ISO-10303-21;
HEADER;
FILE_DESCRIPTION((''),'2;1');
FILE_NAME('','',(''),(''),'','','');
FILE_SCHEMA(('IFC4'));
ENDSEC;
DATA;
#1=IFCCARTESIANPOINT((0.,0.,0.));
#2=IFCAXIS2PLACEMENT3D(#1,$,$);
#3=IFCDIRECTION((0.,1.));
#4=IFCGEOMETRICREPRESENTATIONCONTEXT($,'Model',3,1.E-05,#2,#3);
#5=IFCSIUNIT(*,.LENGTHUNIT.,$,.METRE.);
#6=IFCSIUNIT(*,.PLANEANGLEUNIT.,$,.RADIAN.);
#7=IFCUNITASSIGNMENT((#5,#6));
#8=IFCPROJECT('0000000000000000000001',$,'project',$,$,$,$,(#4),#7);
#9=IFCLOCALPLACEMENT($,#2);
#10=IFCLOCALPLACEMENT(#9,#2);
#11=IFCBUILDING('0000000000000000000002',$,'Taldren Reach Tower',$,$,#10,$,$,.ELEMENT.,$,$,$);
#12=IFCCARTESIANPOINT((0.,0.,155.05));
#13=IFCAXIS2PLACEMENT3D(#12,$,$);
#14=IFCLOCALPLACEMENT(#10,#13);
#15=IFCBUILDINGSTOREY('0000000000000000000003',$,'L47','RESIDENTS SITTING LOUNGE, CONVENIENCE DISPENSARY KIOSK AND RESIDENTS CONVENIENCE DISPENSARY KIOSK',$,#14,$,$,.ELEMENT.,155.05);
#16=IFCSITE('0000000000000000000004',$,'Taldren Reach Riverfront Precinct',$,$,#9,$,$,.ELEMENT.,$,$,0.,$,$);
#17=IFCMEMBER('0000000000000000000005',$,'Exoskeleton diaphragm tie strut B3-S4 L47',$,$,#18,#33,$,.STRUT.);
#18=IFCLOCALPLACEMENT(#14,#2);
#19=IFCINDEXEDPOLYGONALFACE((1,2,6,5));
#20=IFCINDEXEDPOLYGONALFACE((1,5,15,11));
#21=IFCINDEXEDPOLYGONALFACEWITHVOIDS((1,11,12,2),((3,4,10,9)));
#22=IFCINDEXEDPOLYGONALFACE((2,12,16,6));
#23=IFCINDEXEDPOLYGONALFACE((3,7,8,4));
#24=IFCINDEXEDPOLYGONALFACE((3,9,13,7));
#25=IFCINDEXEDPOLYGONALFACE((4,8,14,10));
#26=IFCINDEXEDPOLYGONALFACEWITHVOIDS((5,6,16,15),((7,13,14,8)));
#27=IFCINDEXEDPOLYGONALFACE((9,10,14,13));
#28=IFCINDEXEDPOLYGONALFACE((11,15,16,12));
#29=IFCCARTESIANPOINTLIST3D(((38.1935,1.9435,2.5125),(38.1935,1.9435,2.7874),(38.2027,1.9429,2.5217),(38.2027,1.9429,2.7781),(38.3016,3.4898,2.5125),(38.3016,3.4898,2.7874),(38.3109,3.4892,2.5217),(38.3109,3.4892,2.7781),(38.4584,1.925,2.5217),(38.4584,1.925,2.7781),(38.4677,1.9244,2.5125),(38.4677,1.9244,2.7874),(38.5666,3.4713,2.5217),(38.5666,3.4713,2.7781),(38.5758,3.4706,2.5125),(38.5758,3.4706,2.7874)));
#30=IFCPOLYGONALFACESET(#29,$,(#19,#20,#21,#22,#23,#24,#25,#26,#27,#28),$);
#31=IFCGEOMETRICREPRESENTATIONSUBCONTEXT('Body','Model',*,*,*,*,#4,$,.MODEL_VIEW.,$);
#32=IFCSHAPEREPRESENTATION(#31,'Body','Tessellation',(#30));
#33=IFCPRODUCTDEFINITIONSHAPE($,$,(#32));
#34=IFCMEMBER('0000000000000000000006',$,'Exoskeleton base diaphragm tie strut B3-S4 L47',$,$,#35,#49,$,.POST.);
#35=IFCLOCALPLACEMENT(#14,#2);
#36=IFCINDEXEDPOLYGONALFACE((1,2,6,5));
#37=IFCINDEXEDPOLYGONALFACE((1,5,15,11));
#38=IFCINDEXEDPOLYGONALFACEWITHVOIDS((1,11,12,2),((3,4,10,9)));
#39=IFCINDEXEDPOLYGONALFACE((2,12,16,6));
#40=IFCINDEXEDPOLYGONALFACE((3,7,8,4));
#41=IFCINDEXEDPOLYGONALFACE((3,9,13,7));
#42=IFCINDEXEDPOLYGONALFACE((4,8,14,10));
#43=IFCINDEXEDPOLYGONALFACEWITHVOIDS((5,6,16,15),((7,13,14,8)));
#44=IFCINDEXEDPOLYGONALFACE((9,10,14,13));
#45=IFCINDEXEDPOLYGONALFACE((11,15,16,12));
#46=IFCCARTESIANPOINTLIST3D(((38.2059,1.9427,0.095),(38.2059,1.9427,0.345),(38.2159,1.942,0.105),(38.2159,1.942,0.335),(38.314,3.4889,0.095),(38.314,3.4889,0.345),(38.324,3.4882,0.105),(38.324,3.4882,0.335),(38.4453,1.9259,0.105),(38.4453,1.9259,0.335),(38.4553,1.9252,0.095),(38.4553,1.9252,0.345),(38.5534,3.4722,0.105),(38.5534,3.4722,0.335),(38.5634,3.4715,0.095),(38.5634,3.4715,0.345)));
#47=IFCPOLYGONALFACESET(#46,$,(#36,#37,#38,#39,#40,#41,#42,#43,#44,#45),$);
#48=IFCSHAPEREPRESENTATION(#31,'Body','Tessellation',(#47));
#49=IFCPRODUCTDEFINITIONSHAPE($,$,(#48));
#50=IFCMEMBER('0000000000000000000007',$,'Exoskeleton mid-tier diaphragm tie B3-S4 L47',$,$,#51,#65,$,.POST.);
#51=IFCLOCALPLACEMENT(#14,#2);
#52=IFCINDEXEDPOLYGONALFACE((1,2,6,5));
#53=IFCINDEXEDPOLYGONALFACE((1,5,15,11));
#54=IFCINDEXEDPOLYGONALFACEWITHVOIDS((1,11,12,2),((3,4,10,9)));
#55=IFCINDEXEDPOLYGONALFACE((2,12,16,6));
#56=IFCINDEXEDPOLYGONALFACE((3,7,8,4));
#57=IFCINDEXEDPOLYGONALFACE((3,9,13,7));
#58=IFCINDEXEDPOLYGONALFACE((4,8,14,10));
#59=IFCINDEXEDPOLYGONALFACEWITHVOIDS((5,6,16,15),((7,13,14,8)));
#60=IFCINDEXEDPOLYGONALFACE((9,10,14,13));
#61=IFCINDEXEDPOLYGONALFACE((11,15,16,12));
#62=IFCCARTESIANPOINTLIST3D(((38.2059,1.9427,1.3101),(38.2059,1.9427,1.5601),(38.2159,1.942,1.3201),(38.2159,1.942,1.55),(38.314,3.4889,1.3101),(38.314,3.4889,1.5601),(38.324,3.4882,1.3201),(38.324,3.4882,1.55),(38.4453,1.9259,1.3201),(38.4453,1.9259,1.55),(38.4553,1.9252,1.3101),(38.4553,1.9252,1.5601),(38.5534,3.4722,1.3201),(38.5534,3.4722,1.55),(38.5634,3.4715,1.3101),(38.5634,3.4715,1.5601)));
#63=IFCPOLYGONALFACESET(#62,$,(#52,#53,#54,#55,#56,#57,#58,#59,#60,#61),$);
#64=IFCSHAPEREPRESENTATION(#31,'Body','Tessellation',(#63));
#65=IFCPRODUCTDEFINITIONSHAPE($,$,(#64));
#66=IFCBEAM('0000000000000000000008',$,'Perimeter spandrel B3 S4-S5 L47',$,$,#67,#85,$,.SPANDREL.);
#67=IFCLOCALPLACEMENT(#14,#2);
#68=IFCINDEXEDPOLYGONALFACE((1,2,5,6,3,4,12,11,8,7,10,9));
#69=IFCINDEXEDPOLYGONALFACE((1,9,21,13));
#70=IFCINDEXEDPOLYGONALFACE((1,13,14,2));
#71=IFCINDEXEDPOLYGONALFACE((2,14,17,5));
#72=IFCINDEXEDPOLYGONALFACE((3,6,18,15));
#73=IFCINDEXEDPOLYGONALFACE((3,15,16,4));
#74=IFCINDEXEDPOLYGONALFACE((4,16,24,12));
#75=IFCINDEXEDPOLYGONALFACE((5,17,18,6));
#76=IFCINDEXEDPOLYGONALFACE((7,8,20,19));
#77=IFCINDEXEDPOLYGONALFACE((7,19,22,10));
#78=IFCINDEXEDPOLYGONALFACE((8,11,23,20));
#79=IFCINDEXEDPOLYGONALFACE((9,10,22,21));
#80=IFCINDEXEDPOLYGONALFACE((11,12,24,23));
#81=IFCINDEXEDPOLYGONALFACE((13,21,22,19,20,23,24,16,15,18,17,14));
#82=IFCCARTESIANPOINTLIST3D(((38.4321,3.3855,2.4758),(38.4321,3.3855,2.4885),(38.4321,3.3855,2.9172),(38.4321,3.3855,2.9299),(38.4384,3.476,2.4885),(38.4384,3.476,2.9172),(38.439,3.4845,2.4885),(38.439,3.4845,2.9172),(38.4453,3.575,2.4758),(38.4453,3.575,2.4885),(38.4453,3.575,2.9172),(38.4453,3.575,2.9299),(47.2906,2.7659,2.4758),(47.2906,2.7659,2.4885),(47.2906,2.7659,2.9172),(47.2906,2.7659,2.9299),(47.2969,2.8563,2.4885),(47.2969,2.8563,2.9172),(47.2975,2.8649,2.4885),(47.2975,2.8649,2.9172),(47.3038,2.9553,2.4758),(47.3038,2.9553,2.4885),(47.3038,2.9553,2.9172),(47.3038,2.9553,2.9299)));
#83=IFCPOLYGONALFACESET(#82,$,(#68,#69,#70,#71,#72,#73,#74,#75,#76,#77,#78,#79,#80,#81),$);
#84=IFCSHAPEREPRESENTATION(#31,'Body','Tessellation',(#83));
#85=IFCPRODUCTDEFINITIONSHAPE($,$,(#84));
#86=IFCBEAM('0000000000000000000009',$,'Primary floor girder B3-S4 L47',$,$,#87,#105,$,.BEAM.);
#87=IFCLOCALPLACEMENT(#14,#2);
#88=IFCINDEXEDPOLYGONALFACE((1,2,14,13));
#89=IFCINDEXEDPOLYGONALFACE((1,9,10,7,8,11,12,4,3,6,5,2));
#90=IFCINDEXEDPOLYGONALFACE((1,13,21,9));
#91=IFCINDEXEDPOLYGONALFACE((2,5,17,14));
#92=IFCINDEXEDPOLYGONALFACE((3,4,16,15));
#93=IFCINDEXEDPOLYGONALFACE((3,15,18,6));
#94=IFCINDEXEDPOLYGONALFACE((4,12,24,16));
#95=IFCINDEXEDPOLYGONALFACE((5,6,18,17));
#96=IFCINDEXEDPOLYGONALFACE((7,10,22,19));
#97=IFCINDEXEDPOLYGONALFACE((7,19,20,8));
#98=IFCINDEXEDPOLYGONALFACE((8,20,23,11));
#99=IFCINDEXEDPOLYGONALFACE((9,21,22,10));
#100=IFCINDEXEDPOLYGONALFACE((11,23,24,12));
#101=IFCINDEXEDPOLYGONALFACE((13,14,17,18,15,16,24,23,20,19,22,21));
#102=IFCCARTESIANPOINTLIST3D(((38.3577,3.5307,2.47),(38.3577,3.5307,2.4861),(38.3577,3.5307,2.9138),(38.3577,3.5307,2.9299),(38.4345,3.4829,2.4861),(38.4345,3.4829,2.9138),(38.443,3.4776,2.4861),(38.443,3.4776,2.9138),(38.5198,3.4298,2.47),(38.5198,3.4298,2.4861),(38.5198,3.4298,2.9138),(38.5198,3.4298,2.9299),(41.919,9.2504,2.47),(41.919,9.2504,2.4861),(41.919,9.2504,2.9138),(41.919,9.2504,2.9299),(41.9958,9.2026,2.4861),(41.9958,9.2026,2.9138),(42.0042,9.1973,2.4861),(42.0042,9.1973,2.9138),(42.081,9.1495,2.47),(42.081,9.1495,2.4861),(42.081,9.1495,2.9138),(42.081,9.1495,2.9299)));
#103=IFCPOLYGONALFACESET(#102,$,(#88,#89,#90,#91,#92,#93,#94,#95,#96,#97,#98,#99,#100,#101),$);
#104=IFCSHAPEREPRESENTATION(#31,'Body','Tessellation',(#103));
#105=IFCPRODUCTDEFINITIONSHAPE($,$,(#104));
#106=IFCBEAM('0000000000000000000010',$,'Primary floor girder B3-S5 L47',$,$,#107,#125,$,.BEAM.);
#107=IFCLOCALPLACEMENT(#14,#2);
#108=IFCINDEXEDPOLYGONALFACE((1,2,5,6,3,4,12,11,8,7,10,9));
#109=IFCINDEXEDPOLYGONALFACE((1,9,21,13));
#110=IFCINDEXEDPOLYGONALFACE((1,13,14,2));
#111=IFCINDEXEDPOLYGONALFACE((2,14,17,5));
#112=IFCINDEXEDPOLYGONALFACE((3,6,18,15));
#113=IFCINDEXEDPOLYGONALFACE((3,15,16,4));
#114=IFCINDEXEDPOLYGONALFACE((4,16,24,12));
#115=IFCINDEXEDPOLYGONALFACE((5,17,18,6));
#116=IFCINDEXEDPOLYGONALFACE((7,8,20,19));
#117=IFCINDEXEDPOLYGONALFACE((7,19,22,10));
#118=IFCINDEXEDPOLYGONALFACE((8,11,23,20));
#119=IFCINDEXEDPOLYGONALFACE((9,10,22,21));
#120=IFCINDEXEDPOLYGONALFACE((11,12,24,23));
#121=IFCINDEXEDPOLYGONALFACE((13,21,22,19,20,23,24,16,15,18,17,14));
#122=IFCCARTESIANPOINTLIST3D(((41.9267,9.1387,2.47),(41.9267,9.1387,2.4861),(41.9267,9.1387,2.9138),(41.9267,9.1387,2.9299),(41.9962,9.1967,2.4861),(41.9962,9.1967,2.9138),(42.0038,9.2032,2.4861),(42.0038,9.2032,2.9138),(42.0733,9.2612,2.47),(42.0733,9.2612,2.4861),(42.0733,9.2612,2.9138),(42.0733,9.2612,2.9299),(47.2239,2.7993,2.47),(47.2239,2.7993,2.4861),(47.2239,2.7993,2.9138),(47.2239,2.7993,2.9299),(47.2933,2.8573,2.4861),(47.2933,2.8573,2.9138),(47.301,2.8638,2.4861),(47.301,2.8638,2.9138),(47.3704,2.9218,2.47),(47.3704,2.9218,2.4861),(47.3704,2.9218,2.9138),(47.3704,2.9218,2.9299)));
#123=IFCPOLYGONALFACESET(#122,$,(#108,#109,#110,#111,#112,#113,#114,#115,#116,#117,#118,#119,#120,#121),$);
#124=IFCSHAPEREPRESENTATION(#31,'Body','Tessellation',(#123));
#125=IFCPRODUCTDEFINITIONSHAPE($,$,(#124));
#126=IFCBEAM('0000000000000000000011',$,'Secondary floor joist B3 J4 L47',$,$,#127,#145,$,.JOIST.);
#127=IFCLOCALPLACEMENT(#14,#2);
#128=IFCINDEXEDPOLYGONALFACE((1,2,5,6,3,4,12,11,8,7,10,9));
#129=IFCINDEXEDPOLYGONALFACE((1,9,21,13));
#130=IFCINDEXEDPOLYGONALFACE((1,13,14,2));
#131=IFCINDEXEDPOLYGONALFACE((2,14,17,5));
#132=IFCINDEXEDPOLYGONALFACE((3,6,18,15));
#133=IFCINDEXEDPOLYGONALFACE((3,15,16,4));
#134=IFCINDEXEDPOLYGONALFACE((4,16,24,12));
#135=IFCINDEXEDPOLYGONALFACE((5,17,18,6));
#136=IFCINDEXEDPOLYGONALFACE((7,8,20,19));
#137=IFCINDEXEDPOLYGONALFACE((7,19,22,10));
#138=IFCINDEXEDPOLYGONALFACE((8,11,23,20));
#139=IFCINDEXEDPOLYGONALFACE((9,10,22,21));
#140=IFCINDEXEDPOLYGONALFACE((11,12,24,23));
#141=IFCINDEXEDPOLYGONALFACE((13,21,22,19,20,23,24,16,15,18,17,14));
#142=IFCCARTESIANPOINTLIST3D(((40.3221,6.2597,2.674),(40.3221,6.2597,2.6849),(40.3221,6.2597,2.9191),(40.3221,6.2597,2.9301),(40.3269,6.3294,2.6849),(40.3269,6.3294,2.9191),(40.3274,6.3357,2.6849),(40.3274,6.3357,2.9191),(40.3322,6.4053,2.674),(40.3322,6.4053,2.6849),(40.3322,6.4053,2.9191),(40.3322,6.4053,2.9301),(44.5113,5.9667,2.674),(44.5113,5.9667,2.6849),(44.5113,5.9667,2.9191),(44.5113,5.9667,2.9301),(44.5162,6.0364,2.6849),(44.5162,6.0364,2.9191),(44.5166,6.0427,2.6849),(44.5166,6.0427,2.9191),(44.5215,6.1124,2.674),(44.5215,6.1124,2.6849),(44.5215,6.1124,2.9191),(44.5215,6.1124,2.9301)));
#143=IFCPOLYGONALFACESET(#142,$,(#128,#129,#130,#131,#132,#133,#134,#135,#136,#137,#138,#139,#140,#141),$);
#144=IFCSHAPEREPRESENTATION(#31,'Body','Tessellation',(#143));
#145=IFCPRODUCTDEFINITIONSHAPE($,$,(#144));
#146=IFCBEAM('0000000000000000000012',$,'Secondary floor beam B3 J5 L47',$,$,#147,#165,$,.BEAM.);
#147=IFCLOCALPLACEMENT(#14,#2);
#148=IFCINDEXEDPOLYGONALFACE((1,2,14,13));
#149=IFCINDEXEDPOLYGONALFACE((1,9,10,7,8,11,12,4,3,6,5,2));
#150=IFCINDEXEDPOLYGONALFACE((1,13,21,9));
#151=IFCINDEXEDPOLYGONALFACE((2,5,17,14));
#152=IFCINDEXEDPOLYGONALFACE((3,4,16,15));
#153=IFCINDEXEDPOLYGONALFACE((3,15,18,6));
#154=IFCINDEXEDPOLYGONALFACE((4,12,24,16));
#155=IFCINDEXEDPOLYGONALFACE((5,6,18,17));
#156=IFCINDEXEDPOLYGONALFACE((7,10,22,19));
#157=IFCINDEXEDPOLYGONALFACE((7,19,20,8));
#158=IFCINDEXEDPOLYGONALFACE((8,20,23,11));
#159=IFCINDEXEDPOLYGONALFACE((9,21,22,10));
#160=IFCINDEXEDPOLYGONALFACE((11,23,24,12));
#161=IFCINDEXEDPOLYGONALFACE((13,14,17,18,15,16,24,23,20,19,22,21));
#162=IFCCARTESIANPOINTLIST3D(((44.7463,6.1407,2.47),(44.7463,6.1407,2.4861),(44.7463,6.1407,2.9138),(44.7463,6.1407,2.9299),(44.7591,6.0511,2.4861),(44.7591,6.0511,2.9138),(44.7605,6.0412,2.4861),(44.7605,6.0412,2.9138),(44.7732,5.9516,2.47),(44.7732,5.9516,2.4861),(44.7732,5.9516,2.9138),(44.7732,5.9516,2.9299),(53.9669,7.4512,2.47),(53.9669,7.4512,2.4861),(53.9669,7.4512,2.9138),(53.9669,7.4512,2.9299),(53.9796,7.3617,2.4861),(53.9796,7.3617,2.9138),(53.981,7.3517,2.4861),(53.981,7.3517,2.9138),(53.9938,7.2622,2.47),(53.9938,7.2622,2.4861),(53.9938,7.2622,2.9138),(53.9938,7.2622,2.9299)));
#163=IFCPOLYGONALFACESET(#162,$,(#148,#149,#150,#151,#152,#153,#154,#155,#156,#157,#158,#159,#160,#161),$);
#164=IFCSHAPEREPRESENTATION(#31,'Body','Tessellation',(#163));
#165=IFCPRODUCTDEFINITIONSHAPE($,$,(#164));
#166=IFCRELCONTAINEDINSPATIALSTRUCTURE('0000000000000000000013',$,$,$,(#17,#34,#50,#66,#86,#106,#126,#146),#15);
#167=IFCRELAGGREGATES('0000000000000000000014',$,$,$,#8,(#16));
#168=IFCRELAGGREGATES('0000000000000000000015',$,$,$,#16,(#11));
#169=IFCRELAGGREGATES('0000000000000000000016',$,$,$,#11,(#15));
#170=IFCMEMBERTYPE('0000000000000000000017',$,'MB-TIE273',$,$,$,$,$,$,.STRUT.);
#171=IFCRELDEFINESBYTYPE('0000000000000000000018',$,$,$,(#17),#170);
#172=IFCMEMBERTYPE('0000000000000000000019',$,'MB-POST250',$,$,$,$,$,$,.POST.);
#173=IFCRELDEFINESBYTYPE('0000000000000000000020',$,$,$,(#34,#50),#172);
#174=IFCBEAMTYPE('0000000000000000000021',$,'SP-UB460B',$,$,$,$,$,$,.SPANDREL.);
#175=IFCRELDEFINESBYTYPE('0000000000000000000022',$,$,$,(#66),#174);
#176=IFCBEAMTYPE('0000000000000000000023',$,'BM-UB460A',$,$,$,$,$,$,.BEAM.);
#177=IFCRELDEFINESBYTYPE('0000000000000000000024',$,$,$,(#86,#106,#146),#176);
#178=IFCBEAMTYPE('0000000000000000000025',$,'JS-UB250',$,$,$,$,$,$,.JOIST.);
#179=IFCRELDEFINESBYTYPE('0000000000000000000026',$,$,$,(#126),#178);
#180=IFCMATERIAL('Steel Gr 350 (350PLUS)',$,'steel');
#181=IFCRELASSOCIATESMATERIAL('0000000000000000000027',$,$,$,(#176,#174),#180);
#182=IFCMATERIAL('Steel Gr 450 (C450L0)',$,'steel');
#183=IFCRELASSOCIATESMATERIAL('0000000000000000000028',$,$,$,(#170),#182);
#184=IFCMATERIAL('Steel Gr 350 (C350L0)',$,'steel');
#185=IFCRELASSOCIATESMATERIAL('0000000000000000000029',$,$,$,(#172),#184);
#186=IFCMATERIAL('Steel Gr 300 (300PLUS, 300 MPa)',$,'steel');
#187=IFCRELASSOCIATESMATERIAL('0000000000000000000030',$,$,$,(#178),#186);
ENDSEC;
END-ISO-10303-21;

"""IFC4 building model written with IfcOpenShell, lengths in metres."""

from ifc_helpers import new_model, si_unit, direction, frame, origin, origin_2d, place, context, subcontext, project, spatial, hollow_rectangle, i_section, extrude, source, transform, mapped, material, material_profile, profile_set, type_object, element, save


model = new_model("IFC4")

# Units and contexts
model_context = context("Model", 3, precision=1e-05, world=origin(), true_north=direction((0.0, 1.0)))
body_context = subcontext(model_context, "Body", "Model", "MODEL_VIEW")
ifc_project = project(units=[si_unit("LENGTHUNIT", "METRE"), si_unit("PLANEANGLEUNIT", "RADIAN")], contexts=[model_context])

# Site, building, storey
site_placement = place(None, origin())
site = spatial("IfcSite", under=ifc_project, at=site_placement, Name="Taldren Reach Riverfront Precinct", CompositionType="ELEMENT", RefElevation=0.0)
building_placement = place(site_placement, origin())
building = spatial("IfcBuilding", under=site, at=building_placement, Name="Taldren Reach Tower", CompositionType="ELEMENT")
storey_placement = place(building_placement, frame((0.0, 0.0, 155.05)))
storey = spatial("IfcBuildingStorey", under=building, at=storey_placement, Name="L47", Description="RESIDENTS SITTING LOUNGE, CONVENIENCE DISPENSARY KIOSK AND RESIDENTS CONVENIENCE DISPENSARY KIOSK", CompositionType="ELEMENT", Elevation=155.05)

# Shared definitions
ifc_material_1 = material(Name="Steel Gr 350 (350PLUS)", Category="steel")
ifc_material_2 = material(Name="Steel Gr 450 (C450L0)", Category="steel")

# Shared definitions
ifc_material_profile_1 = material_profile(ifc_material_1, i_section(OverallWidth=0.1909, OverallDepth=0.46, WebThickness=0.01, FlangeThickness=0.0161, at=origin_2d()), Name="460UB82.1")
ifc_profile_set_1 = profile_set([ifc_material_profile_1], Name="Steel Gr 350 (350PLUS)")
beam_type_1 = type_object("IfcBeamType", Name="BM-UB460A", PredefinedType="BEAM", material=ifc_profile_set_1)

# Members
ifc_material_profile_2 = material_profile(ifc_material_2, hollow_rectangle(XDim=0.2749, YDim=0.2749, WallThickness=0.0093, at=origin_2d()), Name="275x275x9.3SHS")
ifc_profile_set_2 = profile_set([ifc_material_profile_2], Name="Steel Gr 450 (C450L0)")
member_type_1 = type_object("IfcMemberType", Name="MB-TIE273", PredefinedType="STRUT", material=ifc_profile_set_2)
shared_shape_1 = source(origin(), body_context, "Body", "SweptSolid", [
    extrude(hollow_rectangle(XDim=0.2749, YDim=0.2749, WallThickness=0.0093, at=origin_2d()), origin(), (0.0, 0.0, 1.0), 1.55),
])
member_placement = place(storey_placement, frame((38.4387, 3.4802, 2.6499), z_axis=(-0.06977, -0.997563, 0.0), x_axis=(0.997563, -0.06977, 0.0)))
element("IfcMember", 1, at=member_placement, inside=storey, type_object=member_type_1, Name="Exoskeleton diaphragm tie strut B3-S4 L47", PredefinedType="STRUT", context=body_context, shape_type="MappedRepresentation", body=[
    mapped(shared_shape_1, transform((0.0, 0.0, 0.0), scale=1.0)),
])
ifc_material_3 = material(Name="Steel Gr 350 (C350L0)", Category="steel")
ifc_material_profile_3 = material_profile(ifc_material_3, hollow_rectangle(XDim=0.25, YDim=0.25, WallThickness=0.01, at=origin_2d()), Name="250x250x10.0SHS")
ifc_profile_set_3 = profile_set([ifc_material_profile_3], Name="Steel Gr 350 (C350L0)")
member_type_2 = type_object("IfcMemberType", Name="MB-POST250", PredefinedType="POST", material=ifc_profile_set_3)
shared_shape_2 = source(origin(), body_context, "Body", "SweptSolid", [
    extrude(hollow_rectangle(XDim=0.25, YDim=0.25, WallThickness=0.01, at=origin_2d()), origin(), (0.0, 0.0, 1.0), 1.55),
])
for number, where, z_axis, x_axis, name in (
    (2, (38.4387, 3.4802, 0.22), (-0.06977, -0.997563, 0.0), (0.997563, -0.06977, 0.0), "Exoskeleton base diaphragm tie strut B3-S4 L47"),
    (3, (38.4387, 3.4802, 1.4351), (-0.06977, -0.997563, 0.0), (0.997563, -0.06977, 0.0), "Exoskeleton mid-tier diaphragm tie B3-S4 L47"),
):
    element("IfcMember", number, at=place(storey_placement, frame(where, z_axis=z_axis, x_axis=x_axis)), inside=storey, type_object=member_type_2, Name=name, PredefinedType="POST", context=body_context, shape_type="MappedRepresentation", body=[
        mapped(shared_shape_2, transform((0.0, 0.0, 0.0), scale=1.0)),
    ])

# Beams
ifc_material_profile_4 = material_profile(ifc_material_1, i_section(OverallWidth=0.1899, OverallDepth=0.4541, WebThickness=0.0085, FlangeThickness=0.0127, at=origin_2d()), Name="460UB67.1")
ifc_profile_set_4 = profile_set([ifc_material_profile_4], Name="Steel Gr 350 (350PLUS)")
beam_type_2 = type_object("IfcBeamType", Name="SP-UB460B", PredefinedType="SPANDREL", material=ifc_profile_set_4)
shared_shape_3 = source(origin(), body_context, "Body", "SweptSolid", [
    extrude(i_section(OverallWidth=0.1899, OverallDepth=0.4541, WebThickness=0.0085, FlangeThickness=0.0127, at=origin_2d()), origin(), (0.0, 0.0, 1.0), 8.8801),
])
beam_1_placement = place(storey_placement, frame((38.4387, 3.4802, 2.7029), z_axis=(0.997563, -0.069778, 0.0), x_axis=(0.069778, 0.997563, 0.0)))
element("IfcBeam", 4, at=beam_1_placement, inside=storey, type_object=beam_type_2, Name="Perimeter spandrel B3 S4-S5 L47", PredefinedType="SPANDREL", context=body_context, shape_type="MappedRepresentation", body=[
    mapped(shared_shape_3, transform((0.0, 0.0, 0.0), scale=1.0)),
])
shared_shape_4 = source(origin(), body_context, "Body", "SweptSolid", [
    extrude(i_section(OverallWidth=0.1909, OverallDepth=0.46, WebThickness=0.01, FlangeThickness=0.0161, at=origin_2d()), origin(), (0.0, 0.0, 1.0), 6.7378),
])
beam_2_placement = place(storey_placement, frame((42.0, 9.2, 2.7), z_axis=(-0.528552, -0.848901, 0.0), x_axis=(0.848901, -0.528552, 0.0)))
element("IfcBeam", 5, at=beam_2_placement, inside=storey, type_object=beam_type_1, Name="Primary floor girder B3-S4 L47", PredefinedType="BEAM", context=body_context, shape_type="MappedRepresentation", body=[
    mapped(shared_shape_4, transform((0.0, 0.0, 0.0), scale=1.0)),
])
shared_shape_5 = source(origin(), body_context, "Body", "SweptSolid", [
    extrude(i_section(OverallWidth=0.1909, OverallDepth=0.46, WebThickness=0.01, FlangeThickness=0.0161, at=origin_2d()), origin(), (0.0, 0.0, 1.0), 8.2612),
])
beam_3_placement = place(storey_placement, frame((42.0, 9.2, 2.7), z_axis=(0.641207, -0.767368, 0.0), x_axis=(0.767368, 0.641207, 0.0)))
element("IfcBeam", 6, at=beam_3_placement, inside=storey, type_object=beam_type_1, Name="Primary floor girder B3-S5 L47", PredefinedType="BEAM", context=body_context, shape_type="MappedRepresentation", body=[
    mapped(shared_shape_5, transform((0.0, 0.0, 0.0), scale=1.0)),
])
ifc_material_4 = material(Name="Steel Gr 300 (300PLUS, 300 MPa)", Category="steel")
ifc_material_profile_5 = material_profile(ifc_material_4, i_section(OverallWidth=0.146, OverallDepth=0.2561, WebThickness=0.0063, FlangeThickness=0.011, at=origin_2d()), Name="250UB37.3")
ifc_profile_set_5 = profile_set([ifc_material_profile_5], Name="Steel Gr 300 (300PLUS, 300 MPa)")
beam_type_3 = type_object("IfcBeamType", Name="JS-UB250", PredefinedType="JOIST", material=ifc_profile_set_5)
shared_shape_6 = source(origin(), body_context, "Body", "SweptSolid", [
    extrude(i_section(OverallWidth=0.146, OverallDepth=0.2561, WebThickness=0.0063, FlangeThickness=0.011, at=origin_2d()), origin(), (0.0, 0.0, 1.0), 4.1995),
])
beam_4_placement = place(storey_placement, frame((40.3271, 6.3325, 2.802), z_axis=(0.997564, -0.069764, 0.0), x_axis=(0.069764, 0.997564, 0.0)))
element("IfcBeam", 7, at=beam_4_placement, inside=storey, type_object=beam_type_3, Name="Secondary floor joist B3 J4 L47", PredefinedType="JOIST", context=body_context, shape_type="MappedRepresentation", body=[
    mapped(shared_shape_6, transform((0.0, 0.0, 0.0), scale=1.0)),
])
shared_shape_7 = source(origin(), body_context, "Body", "SweptSolid", [
    extrude(i_section(OverallWidth=0.1909, OverallDepth=0.46, WebThickness=0.01, FlangeThickness=0.0161, at=origin_2d()), origin(), (0.0, 0.0, 1.0), 9.3132),
])
beam_5_placement = place(storey_placement, frame((44.7598, 6.0461, 2.7), z_axis=(0.990049, 0.14072, 0.0), x_axis=(-0.14072, 0.990049, 0.0)))
element("IfcBeam", 8, at=beam_5_placement, inside=storey, type_object=beam_type_1, Name="Secondary floor beam B3 J5 L47", PredefinedType="BEAM", context=body_context, shape_type="MappedRepresentation", body=[
    mapped(shared_shape_7, transform((0.0, 0.0, 0.0), scale=1.0)),
])

save(model, "model.ifc")
